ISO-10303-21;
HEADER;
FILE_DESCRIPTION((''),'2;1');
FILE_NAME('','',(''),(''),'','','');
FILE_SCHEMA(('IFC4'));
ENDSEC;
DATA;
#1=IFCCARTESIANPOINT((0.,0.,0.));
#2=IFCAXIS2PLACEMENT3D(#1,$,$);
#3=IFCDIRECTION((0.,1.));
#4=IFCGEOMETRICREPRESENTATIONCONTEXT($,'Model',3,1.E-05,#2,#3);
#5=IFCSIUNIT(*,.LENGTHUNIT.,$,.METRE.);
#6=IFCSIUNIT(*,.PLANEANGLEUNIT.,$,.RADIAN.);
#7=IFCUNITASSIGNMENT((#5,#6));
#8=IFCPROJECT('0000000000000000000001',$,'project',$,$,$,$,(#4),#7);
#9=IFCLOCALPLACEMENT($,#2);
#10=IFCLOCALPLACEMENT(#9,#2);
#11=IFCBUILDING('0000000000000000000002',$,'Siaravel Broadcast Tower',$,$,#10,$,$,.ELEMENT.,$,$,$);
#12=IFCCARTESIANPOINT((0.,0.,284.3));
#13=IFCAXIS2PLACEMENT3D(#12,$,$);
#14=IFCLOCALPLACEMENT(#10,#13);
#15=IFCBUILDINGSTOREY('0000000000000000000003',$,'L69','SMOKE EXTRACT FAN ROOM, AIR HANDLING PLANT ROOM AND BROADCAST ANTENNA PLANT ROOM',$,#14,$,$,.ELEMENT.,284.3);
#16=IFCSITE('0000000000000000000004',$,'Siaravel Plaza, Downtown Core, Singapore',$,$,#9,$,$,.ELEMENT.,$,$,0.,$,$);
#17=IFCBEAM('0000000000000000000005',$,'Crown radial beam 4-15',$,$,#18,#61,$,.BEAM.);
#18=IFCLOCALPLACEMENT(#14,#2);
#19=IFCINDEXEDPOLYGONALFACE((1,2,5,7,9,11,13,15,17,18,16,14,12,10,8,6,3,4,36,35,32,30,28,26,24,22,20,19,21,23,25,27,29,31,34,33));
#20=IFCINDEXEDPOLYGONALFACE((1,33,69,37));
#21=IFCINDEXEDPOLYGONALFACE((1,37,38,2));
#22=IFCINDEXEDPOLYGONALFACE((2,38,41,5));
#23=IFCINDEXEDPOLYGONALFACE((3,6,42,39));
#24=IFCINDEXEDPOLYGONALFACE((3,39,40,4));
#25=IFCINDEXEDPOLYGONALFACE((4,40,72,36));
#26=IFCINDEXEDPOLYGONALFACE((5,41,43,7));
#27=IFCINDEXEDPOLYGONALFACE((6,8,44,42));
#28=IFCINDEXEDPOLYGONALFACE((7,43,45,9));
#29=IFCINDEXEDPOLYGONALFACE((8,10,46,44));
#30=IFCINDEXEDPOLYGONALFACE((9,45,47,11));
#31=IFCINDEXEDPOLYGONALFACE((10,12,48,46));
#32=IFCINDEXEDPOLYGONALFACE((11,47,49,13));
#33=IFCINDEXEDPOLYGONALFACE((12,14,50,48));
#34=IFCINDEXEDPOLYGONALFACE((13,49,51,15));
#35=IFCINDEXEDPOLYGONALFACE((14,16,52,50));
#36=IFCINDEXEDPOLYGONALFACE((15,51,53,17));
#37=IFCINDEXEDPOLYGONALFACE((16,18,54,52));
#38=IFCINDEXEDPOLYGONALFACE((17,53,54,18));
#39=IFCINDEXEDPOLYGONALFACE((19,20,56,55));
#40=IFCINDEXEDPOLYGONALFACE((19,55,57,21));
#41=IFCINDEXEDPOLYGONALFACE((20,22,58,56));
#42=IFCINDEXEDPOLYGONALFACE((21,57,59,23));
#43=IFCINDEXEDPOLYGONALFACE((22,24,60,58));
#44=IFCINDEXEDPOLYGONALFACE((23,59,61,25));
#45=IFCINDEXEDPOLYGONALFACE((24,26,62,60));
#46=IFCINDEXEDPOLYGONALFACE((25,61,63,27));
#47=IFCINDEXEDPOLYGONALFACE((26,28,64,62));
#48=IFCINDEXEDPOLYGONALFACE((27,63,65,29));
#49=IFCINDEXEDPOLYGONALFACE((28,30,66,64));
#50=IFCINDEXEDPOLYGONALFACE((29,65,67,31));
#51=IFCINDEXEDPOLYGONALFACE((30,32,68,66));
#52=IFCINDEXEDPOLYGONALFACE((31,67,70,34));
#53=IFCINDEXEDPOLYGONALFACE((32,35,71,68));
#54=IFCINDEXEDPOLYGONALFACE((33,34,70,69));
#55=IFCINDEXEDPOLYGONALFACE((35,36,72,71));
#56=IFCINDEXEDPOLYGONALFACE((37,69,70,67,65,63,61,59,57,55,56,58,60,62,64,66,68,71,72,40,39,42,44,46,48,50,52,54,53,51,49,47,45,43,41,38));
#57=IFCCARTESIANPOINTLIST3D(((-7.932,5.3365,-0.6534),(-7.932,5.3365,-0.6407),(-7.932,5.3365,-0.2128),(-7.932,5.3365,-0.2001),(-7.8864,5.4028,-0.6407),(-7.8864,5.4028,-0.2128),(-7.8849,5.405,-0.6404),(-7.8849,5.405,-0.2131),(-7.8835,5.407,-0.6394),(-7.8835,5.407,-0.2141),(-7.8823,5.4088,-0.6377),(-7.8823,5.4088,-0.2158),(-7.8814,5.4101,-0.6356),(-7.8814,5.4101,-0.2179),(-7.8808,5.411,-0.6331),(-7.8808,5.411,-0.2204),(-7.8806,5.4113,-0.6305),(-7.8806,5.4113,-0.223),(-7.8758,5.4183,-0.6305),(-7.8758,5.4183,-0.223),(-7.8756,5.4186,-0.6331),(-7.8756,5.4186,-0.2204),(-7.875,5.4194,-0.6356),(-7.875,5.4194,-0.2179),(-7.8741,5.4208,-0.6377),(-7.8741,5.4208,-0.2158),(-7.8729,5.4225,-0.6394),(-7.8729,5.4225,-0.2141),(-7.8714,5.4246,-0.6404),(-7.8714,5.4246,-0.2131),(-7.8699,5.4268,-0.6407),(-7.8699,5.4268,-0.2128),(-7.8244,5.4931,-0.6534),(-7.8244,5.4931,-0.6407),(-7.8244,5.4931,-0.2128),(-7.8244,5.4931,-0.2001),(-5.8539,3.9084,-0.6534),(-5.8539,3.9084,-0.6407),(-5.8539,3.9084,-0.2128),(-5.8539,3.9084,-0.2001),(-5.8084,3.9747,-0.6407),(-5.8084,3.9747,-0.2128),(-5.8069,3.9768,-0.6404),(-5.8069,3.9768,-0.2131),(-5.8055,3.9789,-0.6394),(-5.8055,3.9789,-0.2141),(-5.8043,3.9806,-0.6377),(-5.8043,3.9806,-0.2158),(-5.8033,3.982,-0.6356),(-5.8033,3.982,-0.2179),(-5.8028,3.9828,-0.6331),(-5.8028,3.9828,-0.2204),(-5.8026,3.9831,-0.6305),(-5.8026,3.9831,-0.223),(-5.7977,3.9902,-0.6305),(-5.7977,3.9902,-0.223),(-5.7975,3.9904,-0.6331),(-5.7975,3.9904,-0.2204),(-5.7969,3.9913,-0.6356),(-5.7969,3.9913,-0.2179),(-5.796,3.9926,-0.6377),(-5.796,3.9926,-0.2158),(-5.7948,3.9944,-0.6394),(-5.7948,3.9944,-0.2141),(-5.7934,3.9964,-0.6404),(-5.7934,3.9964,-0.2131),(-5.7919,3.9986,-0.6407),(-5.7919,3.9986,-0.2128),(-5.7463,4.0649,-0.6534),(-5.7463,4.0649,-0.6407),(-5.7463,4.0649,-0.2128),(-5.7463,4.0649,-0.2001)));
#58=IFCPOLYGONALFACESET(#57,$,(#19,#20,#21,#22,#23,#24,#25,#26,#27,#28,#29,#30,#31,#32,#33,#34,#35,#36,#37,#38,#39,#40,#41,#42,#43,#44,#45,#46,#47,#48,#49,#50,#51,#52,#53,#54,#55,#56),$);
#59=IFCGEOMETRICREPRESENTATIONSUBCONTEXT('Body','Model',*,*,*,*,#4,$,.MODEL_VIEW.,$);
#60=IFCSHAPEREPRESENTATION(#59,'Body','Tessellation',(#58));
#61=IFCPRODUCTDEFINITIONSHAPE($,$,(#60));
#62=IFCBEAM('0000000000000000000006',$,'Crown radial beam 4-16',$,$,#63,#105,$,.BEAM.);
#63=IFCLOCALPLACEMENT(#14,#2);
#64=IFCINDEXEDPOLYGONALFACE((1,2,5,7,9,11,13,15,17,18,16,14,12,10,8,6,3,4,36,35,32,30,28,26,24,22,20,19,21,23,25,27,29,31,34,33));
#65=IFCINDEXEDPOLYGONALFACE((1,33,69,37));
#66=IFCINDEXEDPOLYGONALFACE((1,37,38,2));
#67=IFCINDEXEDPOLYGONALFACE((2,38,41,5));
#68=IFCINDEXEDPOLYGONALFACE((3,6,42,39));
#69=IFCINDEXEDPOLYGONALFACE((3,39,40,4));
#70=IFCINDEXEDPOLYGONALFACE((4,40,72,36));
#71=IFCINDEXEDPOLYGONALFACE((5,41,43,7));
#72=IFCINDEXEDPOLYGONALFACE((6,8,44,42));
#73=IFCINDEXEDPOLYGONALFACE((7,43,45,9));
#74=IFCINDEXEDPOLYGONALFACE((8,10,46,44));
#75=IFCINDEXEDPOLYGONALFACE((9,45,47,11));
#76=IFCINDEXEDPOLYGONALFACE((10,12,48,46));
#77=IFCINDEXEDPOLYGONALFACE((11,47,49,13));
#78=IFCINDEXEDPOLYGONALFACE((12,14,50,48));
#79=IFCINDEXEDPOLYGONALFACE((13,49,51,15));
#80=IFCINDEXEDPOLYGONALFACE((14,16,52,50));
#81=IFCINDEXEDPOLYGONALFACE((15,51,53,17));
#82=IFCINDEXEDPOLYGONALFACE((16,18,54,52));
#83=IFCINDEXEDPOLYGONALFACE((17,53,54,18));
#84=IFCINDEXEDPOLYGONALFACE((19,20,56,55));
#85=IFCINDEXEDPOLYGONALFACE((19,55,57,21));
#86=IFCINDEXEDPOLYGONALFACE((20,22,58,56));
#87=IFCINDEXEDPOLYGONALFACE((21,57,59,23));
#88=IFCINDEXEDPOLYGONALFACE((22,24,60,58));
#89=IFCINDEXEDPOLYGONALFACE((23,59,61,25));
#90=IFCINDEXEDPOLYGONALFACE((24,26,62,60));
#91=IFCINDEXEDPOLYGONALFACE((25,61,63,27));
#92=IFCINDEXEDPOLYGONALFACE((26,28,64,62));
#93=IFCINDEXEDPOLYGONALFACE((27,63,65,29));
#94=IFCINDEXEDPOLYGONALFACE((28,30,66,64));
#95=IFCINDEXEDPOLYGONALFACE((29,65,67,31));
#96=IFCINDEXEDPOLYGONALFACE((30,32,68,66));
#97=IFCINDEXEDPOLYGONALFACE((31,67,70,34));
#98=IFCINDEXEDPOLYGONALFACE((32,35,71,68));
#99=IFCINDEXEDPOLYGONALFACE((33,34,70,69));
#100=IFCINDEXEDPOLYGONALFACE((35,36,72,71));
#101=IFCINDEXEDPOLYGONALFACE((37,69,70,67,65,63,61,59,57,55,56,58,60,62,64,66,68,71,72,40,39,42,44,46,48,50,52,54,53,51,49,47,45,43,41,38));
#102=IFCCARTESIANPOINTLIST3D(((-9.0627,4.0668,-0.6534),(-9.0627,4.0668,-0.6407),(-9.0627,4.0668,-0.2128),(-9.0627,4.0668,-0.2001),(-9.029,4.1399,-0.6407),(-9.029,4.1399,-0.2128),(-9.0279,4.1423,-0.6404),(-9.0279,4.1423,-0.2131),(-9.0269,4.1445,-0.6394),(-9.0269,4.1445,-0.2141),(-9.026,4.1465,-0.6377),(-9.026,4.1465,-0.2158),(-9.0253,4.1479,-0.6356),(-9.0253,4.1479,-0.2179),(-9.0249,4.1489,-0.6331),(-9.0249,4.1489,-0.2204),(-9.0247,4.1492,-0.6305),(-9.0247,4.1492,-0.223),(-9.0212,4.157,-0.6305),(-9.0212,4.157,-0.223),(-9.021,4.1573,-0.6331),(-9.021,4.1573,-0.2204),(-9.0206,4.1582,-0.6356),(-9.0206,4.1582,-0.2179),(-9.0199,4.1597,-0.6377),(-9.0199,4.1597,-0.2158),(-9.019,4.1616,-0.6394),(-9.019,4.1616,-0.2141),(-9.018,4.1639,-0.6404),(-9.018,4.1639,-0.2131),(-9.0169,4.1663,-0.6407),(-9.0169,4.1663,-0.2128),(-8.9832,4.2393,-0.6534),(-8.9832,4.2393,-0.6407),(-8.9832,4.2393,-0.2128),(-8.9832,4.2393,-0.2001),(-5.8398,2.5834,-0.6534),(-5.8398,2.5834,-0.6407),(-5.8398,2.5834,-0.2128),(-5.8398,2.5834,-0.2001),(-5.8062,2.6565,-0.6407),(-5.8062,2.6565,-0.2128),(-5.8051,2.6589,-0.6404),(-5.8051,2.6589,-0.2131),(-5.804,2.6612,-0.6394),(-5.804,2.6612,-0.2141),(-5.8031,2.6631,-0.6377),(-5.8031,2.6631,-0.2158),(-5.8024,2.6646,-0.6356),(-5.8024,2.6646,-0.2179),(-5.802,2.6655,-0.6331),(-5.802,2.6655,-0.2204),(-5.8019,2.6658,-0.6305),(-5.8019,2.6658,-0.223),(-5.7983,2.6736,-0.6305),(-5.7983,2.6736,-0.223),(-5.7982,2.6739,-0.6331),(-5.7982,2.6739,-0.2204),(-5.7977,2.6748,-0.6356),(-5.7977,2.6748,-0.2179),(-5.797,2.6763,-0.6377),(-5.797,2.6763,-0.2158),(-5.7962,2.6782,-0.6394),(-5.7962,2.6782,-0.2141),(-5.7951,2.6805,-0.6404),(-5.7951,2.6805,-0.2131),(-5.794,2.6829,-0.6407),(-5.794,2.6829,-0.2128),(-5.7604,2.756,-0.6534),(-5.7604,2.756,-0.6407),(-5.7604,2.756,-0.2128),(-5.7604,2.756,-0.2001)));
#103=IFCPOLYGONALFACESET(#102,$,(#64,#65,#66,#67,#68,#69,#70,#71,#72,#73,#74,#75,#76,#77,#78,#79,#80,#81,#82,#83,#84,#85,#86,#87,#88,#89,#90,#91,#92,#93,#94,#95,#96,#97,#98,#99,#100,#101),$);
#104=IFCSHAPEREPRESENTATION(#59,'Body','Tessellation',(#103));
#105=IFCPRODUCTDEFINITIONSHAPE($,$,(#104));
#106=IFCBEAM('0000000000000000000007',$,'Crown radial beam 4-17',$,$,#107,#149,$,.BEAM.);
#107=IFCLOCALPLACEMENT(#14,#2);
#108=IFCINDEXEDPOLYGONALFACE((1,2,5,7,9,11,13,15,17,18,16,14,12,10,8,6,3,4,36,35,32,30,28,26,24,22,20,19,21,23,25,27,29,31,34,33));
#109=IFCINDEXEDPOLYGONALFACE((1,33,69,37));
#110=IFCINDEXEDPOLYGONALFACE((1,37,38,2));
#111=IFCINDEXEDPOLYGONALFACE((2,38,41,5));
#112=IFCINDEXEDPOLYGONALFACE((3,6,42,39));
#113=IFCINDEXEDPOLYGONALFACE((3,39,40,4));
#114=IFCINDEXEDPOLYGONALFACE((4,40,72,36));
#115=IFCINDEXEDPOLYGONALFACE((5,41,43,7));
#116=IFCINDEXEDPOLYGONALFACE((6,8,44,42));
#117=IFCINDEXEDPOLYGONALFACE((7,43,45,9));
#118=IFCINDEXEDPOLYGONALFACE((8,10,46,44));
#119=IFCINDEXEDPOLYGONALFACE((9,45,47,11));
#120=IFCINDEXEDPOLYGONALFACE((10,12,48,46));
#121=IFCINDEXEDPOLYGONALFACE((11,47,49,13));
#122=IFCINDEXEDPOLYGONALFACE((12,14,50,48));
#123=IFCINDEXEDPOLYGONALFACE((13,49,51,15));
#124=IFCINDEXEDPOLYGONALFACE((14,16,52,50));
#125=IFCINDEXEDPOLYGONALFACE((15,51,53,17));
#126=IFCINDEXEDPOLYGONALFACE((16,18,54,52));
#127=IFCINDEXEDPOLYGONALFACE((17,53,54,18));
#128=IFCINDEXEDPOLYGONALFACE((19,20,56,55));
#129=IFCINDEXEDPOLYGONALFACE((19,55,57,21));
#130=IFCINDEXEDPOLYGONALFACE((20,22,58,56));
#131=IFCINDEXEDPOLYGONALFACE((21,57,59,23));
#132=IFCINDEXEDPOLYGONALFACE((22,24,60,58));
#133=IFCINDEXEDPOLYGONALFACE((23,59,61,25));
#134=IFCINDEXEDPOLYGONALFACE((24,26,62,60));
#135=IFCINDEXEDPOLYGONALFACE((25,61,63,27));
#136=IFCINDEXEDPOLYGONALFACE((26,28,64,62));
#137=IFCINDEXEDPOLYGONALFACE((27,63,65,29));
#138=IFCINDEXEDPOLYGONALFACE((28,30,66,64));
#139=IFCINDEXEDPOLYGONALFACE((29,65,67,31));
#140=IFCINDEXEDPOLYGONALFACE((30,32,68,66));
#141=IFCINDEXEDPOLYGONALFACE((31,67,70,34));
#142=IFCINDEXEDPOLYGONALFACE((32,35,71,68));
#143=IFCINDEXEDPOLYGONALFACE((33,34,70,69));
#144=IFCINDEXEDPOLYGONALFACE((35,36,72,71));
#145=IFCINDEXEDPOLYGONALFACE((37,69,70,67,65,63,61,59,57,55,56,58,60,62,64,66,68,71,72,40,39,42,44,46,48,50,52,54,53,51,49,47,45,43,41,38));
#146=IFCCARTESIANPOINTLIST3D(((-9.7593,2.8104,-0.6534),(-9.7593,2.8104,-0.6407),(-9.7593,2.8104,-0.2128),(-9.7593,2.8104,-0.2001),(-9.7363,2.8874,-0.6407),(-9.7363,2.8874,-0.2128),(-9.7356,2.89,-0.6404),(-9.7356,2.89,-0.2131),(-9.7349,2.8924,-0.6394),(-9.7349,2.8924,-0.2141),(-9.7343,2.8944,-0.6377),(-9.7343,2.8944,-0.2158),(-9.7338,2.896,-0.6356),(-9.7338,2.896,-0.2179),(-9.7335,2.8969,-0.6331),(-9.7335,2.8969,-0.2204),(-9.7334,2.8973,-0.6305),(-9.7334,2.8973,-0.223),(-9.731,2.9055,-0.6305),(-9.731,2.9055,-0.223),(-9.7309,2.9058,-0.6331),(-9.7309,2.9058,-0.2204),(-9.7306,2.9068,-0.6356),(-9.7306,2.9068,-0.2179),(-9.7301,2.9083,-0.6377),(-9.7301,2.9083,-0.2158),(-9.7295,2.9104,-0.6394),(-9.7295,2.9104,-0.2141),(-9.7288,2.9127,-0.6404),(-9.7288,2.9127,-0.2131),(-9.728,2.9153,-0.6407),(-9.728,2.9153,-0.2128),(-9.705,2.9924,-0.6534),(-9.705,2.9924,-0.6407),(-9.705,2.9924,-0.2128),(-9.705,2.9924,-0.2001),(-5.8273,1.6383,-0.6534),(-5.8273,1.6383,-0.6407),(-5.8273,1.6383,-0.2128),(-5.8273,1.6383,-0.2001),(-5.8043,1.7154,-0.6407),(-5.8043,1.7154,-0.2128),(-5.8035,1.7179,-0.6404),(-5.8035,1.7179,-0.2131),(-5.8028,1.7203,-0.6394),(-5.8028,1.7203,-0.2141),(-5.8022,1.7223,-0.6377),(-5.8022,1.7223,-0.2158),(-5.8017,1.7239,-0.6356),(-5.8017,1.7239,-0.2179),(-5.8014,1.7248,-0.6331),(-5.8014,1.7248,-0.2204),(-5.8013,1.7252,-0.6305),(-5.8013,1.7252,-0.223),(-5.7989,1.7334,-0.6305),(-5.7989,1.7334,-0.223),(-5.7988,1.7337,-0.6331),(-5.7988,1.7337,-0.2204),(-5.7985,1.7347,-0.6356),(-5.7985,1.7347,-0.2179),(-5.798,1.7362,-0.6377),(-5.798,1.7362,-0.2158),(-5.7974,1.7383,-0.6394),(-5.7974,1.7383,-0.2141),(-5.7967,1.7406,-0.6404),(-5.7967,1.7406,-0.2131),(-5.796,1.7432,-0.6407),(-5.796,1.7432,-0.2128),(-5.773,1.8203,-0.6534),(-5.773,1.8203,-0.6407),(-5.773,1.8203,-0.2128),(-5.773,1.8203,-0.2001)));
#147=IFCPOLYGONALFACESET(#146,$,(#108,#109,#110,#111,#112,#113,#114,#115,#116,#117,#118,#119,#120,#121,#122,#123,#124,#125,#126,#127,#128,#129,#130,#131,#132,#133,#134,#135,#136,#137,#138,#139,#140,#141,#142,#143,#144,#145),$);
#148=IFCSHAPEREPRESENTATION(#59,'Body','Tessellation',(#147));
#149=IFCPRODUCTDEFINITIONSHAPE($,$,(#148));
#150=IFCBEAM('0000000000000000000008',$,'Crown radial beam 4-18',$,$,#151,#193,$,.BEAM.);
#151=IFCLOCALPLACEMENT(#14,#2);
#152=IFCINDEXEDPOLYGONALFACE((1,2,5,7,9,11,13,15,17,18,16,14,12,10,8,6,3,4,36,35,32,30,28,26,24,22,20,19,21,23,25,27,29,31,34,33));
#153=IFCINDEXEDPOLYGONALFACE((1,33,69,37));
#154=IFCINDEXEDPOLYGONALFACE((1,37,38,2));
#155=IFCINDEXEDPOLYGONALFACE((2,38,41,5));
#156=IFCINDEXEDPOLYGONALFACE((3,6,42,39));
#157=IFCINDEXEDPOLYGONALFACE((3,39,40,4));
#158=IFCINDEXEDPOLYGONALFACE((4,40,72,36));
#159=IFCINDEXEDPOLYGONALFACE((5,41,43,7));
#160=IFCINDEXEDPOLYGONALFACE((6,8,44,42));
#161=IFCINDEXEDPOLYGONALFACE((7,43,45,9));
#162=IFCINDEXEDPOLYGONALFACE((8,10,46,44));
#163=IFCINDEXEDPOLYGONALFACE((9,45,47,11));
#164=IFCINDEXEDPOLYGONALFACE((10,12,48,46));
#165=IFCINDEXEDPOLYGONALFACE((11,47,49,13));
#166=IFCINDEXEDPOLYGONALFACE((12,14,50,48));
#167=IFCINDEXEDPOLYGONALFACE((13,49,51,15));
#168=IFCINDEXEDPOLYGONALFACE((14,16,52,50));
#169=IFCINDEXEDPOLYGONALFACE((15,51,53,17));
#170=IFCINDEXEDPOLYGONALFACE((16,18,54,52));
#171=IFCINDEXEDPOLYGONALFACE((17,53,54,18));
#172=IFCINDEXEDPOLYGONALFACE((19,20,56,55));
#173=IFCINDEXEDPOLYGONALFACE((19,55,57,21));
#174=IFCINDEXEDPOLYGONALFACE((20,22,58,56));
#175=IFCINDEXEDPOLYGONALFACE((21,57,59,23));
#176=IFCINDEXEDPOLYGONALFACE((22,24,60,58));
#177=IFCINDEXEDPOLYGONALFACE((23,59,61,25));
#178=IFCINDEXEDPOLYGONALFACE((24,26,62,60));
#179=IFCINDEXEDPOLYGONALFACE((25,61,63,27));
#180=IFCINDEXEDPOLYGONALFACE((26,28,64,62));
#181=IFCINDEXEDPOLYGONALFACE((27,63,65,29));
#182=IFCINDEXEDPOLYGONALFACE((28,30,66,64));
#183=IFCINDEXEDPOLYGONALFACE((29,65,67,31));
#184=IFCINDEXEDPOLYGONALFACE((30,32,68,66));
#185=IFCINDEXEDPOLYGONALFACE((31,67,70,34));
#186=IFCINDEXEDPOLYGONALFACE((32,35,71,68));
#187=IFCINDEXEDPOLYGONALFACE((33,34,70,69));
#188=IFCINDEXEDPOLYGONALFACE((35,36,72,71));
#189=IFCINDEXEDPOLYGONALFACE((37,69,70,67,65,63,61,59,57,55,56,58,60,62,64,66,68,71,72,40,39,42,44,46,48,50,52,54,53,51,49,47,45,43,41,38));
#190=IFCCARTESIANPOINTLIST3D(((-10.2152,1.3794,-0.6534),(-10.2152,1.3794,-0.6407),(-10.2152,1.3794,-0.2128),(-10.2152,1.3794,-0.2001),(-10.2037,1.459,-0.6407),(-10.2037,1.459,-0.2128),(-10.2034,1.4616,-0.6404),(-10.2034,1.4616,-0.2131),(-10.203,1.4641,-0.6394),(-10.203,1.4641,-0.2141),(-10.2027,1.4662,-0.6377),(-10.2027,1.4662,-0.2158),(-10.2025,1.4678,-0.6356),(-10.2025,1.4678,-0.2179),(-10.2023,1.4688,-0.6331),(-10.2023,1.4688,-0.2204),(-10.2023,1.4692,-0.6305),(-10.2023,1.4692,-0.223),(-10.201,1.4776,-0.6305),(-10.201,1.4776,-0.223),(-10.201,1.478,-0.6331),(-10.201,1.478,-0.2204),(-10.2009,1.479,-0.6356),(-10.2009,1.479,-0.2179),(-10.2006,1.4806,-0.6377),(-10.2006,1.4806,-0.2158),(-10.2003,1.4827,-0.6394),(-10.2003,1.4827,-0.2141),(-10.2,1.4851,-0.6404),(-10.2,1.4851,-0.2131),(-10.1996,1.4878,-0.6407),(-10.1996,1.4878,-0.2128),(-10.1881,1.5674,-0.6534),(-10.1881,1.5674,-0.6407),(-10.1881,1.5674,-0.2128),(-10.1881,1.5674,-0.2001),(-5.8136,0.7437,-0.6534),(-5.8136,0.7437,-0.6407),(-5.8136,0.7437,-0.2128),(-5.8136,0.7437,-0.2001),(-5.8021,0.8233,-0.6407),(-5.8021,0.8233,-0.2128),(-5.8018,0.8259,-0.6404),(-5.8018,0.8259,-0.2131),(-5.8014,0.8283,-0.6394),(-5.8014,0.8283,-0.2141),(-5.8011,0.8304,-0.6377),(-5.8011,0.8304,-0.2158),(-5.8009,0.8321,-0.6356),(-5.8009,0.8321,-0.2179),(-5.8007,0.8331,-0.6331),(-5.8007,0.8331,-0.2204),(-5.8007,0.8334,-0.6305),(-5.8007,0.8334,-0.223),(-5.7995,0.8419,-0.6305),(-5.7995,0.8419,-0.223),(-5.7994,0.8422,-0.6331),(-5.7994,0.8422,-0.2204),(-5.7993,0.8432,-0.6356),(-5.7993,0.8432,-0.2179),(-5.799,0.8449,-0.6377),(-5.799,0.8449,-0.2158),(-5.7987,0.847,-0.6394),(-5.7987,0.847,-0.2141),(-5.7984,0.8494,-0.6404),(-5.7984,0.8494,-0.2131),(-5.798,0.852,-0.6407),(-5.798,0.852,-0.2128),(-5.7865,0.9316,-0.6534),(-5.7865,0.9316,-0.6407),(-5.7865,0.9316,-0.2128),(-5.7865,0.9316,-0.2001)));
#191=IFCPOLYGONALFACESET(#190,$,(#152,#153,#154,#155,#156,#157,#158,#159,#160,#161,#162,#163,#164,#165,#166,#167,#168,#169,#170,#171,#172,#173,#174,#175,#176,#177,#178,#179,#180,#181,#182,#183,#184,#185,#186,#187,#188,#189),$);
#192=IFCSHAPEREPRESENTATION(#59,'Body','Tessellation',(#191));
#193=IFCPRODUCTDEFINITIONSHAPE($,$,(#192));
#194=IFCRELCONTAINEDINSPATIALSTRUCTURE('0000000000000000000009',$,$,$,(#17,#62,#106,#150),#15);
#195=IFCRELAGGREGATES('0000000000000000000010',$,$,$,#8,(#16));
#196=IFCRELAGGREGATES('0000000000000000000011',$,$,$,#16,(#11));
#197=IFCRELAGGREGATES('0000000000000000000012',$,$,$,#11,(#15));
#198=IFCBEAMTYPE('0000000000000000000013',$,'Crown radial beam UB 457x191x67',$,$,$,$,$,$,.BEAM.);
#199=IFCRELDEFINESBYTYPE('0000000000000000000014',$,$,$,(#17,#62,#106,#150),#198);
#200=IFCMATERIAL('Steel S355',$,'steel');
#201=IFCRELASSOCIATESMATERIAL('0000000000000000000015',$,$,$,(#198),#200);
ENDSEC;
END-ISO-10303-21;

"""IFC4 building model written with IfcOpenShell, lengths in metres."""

from ifc_helpers import new_model, si_unit, direction, frame, origin, origin_2d, place, context, subcontext, project, spatial, i_section, extrude, material, material_profile, profile_set, type_object, element, save


model = new_model("IFC4")

# Units and contexts
model_context = context("Model", 3, precision=1e-05, world=origin(), true_north=direction((0.0, 1.0)))
body_context = subcontext(model_context, "Body", "Model", "MODEL_VIEW")
ifc_project = project(units=[si_unit("LENGTHUNIT", "METRE"), si_unit("PLANEANGLEUNIT", "RADIAN")], contexts=[model_context])

# Site, building, storey
site_placement = place(None, origin())
site = spatial("IfcSite", under=ifc_project, at=site_placement, Name="Siaravel Plaza, Downtown Core, Singapore", CompositionType="ELEMENT", RefElevation=0.0)
building_placement = place(site_placement, origin())
building = spatial("IfcBuilding", under=site, at=building_placement, Name="Siaravel Broadcast Tower", CompositionType="ELEMENT")
storey_placement = place(building_placement, frame((0.0, 0.0, 284.3)))
storey = spatial("IfcBuildingStorey", under=building, at=storey_placement, Name="L69", Description="SMOKE EXTRACT FAN ROOM, AIR HANDLING PLANT ROOM AND BROADCAST ANTENNA PLANT ROOM", CompositionType="ELEMENT", Elevation=284.3)

# Beams
ifc_material_1 = material(Name="Steel S355", Category="steel")
ifc_material_profile_1 = material_profile(ifc_material_1, i_section(OverallWidth=0.1899, OverallDepth=0.4534, WebThickness=0.0085, FlangeThickness=0.0127, FilletRadius=0.0103, at=origin_2d()))
ifc_profile_set_1 = profile_set([ifc_material_profile_1], Name="Steel S355")
beam_type_1 = type_object("IfcBeamType", Name="Crown radial beam UB 457x191x67", PredefinedType="BEAM", material=ifc_profile_set_1)
beam_1_placement = place(storey_placement, frame((-7.8782, 5.4148, -0.4268), z_axis=(0.824132, -0.566397, 0.0), x_axis=(0.566397, 0.824132, 0.0)))
element("IfcBeam", 1, at=beam_1_placement, inside=storey, type_object=beam_type_1, Name="Crown radial beam 4-15", PredefinedType="BEAM", context=body_context, shape_type="SweptSolid", body=[
    extrude(i_section(OverallWidth=0.1899, OverallDepth=0.4534, WebThickness=0.0085, FlangeThickness=0.0127, FilletRadius=0.0103, at=origin_2d()), origin(), (0.0, 0.0, 1.0), 2.5215),
])
beam_2_placement = place(storey_placement, frame((-9.0229, 4.1531, -0.4268), z_axis=(0.908398, -0.418107, 0.0), x_axis=(0.418107, 0.908398, 0.0)))
element("IfcBeam", 2, at=beam_2_placement, inside=storey, type_object=beam_type_1, Name="Crown radial beam 4-16", PredefinedType="BEAM", context=body_context, shape_type="SweptSolid", body=[
    extrude(i_section(OverallWidth=0.1899, OverallDepth=0.4534, WebThickness=0.0085, FlangeThickness=0.0127, FilletRadius=0.0103, at=origin_2d()), origin(), (0.0, 0.0, 1.0), 3.5479),
])
beam_3_placement = place(storey_placement, frame((-9.7322, 2.9014, -0.4268), z_axis=(0.958329, -0.285666, 0.0), x_axis=(0.285666, 0.958329, 0.0)))
element("IfcBeam", 3, at=beam_3_placement, inside=storey, type_object=beam_type_1, Name="Crown radial beam 4-17", PredefinedType="BEAM", context=body_context, shape_type="SweptSolid", body=[
    extrude(i_section(OverallWidth=0.1899, OverallDepth=0.4534, WebThickness=0.0085, FlangeThickness=0.0127, FilletRadius=0.0103, at=origin_2d()), origin(), (0.0, 0.0, 1.0), 4.103),
])
beam_4_placement = place(storey_placement, frame((-10.2017, 1.4734, -0.4268), z_axis=(0.98973, -0.142951, 0.0), x_axis=(0.142951, 0.98973, 0.0)))
element("IfcBeam", 4, at=beam_4_placement, inside=storey, type_object=beam_type_1, Name="Crown radial beam 4-18", PredefinedType="BEAM", context=body_context, shape_type="SweptSolid", body=[
    extrude(i_section(OverallWidth=0.1899, OverallDepth=0.4534, WebThickness=0.0085, FlangeThickness=0.0127, FilletRadius=0.0103, at=origin_2d()), origin(), (0.0, 0.0, 1.0), 4.4473),
])

save(model, "model.ifc")
